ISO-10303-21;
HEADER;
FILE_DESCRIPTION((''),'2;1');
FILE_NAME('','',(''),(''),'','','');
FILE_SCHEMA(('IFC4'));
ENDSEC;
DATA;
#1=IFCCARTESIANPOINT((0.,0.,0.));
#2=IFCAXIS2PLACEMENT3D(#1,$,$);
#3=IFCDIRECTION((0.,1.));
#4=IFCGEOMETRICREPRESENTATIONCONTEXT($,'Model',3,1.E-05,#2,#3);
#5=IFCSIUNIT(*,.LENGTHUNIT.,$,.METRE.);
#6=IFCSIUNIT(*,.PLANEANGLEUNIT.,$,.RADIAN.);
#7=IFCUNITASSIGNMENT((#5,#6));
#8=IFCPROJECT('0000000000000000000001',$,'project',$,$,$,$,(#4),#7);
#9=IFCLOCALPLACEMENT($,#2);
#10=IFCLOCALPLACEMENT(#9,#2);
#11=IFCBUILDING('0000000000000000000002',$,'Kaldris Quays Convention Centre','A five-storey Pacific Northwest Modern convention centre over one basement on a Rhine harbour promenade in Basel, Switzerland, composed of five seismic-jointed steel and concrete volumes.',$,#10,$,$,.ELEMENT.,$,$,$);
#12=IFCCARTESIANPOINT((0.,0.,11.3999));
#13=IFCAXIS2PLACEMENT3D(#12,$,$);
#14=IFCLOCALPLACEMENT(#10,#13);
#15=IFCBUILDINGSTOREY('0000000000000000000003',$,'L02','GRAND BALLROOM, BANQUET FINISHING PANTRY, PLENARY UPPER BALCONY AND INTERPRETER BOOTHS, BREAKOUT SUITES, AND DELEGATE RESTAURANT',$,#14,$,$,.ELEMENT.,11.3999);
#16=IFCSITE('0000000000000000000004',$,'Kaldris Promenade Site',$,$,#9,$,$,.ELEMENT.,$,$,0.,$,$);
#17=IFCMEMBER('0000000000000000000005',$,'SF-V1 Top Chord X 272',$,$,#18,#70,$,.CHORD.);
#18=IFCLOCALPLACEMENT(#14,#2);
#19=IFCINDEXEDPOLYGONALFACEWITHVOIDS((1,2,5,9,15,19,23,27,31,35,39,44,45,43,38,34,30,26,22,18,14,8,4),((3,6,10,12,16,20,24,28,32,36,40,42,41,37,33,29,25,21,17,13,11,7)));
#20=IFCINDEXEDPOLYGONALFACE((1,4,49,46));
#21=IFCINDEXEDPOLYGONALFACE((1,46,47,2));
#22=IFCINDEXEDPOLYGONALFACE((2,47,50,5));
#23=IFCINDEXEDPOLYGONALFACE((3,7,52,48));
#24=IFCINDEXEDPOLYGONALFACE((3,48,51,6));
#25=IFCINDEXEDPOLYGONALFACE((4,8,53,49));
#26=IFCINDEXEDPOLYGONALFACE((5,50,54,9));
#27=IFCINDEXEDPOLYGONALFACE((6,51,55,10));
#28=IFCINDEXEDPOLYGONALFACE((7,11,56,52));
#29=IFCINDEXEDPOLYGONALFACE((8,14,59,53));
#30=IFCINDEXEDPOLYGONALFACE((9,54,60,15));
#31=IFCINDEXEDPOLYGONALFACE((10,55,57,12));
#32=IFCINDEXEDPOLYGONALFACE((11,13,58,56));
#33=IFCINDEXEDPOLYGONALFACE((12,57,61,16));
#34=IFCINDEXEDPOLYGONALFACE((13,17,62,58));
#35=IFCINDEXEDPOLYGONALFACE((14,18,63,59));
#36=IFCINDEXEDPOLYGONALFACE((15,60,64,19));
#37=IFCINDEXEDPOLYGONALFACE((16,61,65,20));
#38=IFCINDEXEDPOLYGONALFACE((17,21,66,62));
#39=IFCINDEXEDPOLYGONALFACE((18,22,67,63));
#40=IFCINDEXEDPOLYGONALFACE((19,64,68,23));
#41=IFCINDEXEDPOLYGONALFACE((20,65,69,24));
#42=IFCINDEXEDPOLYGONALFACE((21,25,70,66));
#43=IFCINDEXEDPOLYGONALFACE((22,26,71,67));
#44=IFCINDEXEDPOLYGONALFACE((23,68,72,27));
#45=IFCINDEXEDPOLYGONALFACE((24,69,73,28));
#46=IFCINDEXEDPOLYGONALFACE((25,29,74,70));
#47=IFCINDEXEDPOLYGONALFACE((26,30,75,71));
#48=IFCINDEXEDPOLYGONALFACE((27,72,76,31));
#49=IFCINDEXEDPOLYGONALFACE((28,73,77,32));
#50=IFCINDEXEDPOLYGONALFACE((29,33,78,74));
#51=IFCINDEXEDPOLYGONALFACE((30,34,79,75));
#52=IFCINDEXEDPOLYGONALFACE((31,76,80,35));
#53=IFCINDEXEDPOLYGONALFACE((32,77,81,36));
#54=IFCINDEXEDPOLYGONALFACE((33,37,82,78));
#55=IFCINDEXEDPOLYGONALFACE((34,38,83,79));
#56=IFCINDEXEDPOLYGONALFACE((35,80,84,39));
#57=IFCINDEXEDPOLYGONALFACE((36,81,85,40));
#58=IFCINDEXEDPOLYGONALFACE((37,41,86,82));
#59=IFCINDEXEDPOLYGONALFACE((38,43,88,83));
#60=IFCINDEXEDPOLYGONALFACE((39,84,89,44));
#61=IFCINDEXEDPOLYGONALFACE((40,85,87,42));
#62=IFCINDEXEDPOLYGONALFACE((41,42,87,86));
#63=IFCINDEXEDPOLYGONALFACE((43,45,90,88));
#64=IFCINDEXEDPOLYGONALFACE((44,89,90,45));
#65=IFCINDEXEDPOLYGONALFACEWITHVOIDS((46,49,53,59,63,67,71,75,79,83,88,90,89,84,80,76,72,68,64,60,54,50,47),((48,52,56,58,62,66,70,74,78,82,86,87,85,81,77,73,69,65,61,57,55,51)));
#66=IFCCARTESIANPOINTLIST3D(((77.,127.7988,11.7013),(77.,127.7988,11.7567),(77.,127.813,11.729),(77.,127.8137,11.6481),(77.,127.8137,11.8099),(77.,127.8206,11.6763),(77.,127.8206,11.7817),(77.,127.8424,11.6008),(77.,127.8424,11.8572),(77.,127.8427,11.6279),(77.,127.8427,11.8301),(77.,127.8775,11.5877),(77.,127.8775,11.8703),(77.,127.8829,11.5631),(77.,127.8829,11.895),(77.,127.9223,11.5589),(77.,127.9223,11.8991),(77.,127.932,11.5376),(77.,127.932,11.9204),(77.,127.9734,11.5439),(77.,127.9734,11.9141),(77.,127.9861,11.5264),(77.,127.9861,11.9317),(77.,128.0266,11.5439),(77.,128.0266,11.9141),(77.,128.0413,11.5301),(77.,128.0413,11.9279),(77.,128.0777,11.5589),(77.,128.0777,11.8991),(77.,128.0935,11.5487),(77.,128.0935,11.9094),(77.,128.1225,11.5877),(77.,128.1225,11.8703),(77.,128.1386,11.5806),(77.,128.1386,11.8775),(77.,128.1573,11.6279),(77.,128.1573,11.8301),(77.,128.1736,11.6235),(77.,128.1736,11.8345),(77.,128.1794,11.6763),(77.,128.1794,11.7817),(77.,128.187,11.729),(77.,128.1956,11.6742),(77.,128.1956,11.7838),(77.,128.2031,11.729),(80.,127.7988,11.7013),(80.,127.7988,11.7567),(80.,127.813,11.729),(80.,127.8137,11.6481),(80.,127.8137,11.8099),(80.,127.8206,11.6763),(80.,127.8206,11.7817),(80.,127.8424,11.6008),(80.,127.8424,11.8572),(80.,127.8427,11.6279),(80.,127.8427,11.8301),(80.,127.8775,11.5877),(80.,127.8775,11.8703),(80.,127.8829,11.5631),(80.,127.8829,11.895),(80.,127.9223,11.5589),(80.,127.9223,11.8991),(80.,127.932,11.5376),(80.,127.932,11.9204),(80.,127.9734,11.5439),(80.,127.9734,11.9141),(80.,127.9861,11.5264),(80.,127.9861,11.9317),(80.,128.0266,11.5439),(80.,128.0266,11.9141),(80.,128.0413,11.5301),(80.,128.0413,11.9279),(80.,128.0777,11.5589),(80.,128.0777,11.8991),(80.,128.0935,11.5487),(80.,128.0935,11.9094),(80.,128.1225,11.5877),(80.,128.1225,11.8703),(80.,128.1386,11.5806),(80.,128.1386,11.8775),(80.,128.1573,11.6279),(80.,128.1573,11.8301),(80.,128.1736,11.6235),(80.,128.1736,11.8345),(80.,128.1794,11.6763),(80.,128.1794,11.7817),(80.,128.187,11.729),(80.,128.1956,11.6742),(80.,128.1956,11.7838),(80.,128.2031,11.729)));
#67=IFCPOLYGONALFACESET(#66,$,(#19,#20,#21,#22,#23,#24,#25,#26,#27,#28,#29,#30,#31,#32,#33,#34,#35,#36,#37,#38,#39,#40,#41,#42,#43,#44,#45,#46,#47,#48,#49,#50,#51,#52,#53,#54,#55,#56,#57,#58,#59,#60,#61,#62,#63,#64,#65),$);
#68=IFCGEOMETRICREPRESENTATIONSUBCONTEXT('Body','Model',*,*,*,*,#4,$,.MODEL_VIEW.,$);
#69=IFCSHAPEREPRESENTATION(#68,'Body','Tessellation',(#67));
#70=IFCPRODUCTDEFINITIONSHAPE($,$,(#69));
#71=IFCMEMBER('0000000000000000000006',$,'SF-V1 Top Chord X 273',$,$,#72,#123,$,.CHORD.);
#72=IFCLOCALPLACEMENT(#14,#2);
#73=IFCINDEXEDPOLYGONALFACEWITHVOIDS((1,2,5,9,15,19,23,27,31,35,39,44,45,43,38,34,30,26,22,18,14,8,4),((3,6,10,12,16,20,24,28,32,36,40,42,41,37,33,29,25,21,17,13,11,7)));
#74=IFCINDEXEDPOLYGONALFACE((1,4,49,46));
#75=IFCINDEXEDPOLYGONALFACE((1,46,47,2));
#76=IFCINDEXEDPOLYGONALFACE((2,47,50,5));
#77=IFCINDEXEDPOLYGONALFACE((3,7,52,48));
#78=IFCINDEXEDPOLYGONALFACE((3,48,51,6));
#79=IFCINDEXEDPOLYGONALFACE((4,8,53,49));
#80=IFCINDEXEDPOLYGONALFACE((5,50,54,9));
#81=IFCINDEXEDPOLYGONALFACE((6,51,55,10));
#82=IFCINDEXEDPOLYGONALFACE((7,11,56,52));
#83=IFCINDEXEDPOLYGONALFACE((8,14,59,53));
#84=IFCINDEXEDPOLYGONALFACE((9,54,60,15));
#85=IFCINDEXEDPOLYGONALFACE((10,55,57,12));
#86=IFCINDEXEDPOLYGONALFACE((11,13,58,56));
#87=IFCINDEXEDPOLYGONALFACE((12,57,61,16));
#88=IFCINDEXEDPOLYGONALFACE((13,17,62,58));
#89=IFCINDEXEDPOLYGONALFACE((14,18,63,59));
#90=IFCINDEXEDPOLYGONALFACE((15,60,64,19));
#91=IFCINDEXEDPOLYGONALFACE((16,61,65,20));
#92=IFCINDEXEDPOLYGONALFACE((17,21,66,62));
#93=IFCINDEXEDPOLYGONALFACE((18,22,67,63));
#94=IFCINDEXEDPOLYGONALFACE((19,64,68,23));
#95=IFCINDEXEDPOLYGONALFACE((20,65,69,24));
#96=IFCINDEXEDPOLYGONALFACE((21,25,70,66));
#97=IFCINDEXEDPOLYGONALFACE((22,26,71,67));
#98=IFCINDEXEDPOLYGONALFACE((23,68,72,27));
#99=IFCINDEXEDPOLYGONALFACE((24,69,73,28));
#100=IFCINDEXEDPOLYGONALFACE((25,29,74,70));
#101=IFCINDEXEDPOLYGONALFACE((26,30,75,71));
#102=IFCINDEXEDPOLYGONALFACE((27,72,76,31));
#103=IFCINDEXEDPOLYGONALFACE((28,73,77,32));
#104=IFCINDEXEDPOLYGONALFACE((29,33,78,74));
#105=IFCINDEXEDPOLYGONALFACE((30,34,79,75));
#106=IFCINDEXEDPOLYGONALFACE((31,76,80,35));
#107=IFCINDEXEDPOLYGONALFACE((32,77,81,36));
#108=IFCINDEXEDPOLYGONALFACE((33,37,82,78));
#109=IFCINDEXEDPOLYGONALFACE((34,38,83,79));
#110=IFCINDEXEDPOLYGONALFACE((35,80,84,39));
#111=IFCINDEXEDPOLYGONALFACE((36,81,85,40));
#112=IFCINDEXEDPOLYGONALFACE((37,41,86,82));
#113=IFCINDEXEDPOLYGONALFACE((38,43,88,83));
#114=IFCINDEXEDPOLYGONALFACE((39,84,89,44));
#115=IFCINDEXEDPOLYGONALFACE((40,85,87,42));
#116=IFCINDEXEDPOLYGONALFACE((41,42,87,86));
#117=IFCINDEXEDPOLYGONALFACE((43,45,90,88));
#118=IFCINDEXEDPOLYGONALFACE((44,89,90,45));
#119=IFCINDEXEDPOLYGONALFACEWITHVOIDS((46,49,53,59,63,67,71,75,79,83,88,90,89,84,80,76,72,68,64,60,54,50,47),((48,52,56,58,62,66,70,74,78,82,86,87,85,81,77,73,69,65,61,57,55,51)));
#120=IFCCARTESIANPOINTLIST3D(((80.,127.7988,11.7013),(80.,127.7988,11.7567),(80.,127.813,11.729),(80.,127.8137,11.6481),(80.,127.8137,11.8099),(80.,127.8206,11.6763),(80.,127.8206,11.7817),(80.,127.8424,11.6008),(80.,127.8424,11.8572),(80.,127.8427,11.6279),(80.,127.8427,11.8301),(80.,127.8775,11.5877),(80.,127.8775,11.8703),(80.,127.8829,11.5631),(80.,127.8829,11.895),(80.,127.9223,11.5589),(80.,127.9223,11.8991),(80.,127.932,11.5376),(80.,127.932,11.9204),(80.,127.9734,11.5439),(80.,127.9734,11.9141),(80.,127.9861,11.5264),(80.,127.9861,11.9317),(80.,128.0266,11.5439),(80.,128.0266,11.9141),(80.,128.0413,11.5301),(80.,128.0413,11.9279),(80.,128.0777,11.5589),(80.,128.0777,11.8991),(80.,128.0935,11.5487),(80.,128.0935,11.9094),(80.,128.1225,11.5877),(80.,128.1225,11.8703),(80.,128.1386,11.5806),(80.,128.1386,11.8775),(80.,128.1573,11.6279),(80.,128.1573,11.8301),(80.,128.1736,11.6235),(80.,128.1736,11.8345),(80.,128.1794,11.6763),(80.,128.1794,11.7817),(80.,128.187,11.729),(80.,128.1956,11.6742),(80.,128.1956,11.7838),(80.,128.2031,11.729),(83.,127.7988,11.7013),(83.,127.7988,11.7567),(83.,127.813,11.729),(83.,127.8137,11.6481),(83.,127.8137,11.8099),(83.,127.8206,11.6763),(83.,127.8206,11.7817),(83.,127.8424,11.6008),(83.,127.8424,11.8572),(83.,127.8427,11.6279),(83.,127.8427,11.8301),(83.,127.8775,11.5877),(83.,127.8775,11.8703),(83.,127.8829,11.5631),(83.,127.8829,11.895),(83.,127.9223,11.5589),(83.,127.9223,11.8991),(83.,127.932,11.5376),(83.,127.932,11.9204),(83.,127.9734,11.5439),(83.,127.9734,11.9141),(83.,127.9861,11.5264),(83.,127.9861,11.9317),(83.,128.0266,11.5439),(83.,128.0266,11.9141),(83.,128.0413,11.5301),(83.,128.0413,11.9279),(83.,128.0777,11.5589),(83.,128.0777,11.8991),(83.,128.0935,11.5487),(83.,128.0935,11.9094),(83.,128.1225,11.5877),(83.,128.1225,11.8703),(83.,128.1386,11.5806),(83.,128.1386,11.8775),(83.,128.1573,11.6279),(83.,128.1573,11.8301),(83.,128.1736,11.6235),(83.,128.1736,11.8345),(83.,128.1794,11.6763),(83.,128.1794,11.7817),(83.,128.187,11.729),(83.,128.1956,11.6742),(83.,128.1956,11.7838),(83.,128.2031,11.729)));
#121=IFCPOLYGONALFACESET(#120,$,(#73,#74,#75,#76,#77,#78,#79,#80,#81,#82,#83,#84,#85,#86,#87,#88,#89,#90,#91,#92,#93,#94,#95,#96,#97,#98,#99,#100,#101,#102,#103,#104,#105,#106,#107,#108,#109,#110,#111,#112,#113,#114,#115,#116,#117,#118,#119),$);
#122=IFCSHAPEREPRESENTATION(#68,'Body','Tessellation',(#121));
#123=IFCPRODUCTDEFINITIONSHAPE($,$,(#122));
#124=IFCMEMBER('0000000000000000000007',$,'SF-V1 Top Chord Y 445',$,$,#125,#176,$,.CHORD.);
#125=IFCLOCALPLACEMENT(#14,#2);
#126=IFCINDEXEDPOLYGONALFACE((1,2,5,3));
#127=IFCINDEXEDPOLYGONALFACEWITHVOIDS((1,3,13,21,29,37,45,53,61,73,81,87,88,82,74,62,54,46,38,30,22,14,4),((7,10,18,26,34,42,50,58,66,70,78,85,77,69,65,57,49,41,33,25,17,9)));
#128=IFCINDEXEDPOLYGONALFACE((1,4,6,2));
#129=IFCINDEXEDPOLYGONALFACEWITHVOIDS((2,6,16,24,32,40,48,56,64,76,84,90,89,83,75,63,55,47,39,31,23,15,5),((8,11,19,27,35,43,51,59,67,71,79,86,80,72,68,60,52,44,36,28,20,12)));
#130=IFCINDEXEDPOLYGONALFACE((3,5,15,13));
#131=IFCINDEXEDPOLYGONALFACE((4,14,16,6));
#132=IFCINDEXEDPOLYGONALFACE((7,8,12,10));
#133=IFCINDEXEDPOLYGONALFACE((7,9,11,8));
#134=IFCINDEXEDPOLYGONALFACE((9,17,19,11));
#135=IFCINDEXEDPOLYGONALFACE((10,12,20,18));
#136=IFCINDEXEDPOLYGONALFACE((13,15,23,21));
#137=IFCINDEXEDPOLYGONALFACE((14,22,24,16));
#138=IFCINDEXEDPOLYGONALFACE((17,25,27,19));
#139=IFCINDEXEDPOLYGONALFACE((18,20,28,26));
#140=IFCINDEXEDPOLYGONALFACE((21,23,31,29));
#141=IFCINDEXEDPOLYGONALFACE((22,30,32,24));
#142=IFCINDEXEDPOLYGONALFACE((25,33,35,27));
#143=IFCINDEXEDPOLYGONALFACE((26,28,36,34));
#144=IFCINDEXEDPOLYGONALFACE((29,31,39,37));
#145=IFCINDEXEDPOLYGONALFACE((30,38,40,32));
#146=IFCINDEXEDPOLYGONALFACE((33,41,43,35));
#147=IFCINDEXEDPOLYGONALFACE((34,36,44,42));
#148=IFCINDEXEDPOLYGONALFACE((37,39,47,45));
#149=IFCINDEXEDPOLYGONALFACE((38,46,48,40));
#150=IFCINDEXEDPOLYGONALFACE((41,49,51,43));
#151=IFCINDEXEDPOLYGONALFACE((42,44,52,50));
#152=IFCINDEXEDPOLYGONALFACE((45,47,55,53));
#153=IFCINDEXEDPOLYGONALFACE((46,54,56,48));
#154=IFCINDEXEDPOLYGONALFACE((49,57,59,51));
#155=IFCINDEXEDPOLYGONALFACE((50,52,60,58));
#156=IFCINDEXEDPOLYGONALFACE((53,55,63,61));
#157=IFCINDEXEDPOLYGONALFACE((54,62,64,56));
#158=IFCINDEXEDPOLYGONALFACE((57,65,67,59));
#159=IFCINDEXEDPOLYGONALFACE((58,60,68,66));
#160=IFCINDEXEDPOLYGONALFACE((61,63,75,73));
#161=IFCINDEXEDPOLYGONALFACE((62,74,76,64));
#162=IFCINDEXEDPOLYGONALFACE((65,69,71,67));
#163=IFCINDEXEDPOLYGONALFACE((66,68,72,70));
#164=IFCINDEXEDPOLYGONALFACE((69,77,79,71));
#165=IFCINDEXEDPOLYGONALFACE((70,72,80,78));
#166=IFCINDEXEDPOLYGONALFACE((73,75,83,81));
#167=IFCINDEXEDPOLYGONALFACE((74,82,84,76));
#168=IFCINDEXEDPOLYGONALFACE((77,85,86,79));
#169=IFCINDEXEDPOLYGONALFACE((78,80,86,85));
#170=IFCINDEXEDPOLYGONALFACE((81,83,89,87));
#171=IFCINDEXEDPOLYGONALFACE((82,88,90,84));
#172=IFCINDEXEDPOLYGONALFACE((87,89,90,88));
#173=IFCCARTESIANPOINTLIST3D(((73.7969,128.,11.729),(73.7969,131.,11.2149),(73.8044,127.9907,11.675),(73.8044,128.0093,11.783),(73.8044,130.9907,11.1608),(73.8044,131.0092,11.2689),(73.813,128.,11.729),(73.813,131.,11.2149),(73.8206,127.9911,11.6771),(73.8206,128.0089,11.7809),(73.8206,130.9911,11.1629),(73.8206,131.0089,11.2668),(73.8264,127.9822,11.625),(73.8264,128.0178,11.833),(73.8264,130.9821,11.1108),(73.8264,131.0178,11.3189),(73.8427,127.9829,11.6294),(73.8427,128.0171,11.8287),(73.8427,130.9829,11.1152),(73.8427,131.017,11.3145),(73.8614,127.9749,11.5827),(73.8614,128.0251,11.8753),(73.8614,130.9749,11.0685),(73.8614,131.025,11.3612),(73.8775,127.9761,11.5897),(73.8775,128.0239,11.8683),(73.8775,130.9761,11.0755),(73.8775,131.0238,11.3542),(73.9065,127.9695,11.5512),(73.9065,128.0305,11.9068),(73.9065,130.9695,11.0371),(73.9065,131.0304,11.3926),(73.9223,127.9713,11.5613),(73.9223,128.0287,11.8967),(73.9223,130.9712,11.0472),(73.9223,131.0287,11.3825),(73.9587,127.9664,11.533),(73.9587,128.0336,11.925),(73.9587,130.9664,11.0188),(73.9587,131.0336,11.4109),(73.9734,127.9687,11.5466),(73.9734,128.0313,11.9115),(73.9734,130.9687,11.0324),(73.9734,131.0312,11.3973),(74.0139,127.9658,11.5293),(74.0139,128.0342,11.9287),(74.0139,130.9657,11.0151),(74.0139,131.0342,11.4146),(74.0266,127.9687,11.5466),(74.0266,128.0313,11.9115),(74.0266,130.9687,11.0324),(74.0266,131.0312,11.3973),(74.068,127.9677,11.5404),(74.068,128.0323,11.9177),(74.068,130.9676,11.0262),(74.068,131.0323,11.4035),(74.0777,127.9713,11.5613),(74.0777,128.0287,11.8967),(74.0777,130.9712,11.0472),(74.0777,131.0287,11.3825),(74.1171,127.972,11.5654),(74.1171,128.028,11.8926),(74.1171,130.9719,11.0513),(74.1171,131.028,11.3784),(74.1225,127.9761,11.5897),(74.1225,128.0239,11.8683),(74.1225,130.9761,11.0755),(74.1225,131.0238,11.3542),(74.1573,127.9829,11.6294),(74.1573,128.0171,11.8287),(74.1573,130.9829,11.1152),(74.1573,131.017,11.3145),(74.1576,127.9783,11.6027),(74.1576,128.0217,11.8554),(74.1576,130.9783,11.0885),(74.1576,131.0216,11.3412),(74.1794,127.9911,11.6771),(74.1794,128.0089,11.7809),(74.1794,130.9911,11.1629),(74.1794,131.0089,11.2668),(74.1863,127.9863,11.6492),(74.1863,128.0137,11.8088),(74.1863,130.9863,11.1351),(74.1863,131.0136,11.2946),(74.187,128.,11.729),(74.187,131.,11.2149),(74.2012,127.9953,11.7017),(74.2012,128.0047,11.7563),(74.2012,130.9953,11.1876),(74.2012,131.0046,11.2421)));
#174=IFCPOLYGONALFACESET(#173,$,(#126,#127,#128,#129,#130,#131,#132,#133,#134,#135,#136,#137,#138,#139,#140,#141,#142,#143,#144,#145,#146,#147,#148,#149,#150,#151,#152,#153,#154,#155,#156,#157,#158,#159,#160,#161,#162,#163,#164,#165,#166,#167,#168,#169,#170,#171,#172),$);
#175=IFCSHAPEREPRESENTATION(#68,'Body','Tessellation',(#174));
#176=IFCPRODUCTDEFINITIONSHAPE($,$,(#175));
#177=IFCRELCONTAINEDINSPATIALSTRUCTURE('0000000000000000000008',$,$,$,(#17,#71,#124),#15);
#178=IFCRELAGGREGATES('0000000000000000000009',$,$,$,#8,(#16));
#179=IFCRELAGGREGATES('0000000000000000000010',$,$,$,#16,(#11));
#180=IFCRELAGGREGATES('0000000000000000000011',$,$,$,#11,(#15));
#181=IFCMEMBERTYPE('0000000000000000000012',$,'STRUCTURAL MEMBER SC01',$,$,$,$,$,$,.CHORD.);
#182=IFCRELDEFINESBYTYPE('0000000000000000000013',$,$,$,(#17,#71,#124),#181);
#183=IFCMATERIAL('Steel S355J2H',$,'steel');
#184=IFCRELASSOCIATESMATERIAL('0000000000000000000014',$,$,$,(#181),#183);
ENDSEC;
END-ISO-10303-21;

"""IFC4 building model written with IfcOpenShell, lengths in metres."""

from ifc_helpers import new_model, si_unit, direction, frame, origin, origin_2d, place, context, subcontext, project, spatial, hollow_circle, extrude, material, material_profile, profile_set, type_object, element, save


model = new_model("IFC4")

# Units and contexts
model_context = context("Model", 3, precision=1e-05, world=origin(), true_north=direction((0.0, 1.0)))
body_context = subcontext(model_context, "Body", "Model", "MODEL_VIEW")
ifc_project = project(units=[si_unit("LENGTHUNIT", "METRE"), si_unit("PLANEANGLEUNIT", "RADIAN")], contexts=[model_context])

# Site, building, storey
site_placement = place(None, origin())
site = spatial("IfcSite", under=ifc_project, at=site_placement, Name="Kaldris Promenade Site", CompositionType="ELEMENT", RefElevation=0.0)
building_placement = place(site_placement, origin())
building = spatial("IfcBuilding", under=site, at=building_placement, Name="Kaldris Quays Convention Centre", Description="A five-storey Pacific Northwest Modern convention centre over one basement on a Rhine harbour promenade in Basel, Switzerland, composed of five seismic-jointed steel and concrete volumes.", CompositionType="ELEMENT")
storey_placement = place(building_placement, frame((0.0, 0.0, 11.3999)))
storey = spatial("IfcBuildingStorey", under=building, at=storey_placement, Name="L02", Description="GRAND BALLROOM, BANQUET FINISHING PANTRY, PLENARY UPPER BALCONY AND INTERPRETER BOOTHS, BREAKOUT SUITES, AND DELEGATE RESTAURANT", CompositionType="ELEMENT", Elevation=11.3999)

# Members
ifc_material_1 = material(Name="Steel S355J2H", Category="steel")
ifc_material_profile_1 = material_profile(ifc_material_1, hollow_circle(Radius=0.2031, WallThickness=0.0161, at=origin_2d()), Name="CHS 406.4x16")
ifc_profile_set_1 = profile_set([ifc_material_profile_1], Name="Steel S355J2H")
member_type_1 = type_object("IfcMemberType", Name="STRUCTURAL MEMBER SC01", PredefinedType="CHORD", material=ifc_profile_set_1)
for number, where, z_axis, x_axis, name in (
    (1, (77.0, 128.0, 11.729), (1.0, 0.0, 0.0), (0.0, 1.0, 0.0), "SF-V1 Top Chord X 272"),
    (2, (80.0, 128.0, 11.729), (1.0, 0.0, 0.0), (0.0, 1.0, 0.0), "SF-V1 Top Chord X 273"),
):
    element("IfcMember", number, at=place(storey_placement, frame(where, z_axis=z_axis, x_axis=x_axis)), inside=storey, type_object=member_type_1, Name=name, PredefinedType="CHORD", context=body_context, shape_type="SweptSolid", body=[
        extrude(hollow_circle(Radius=0.2031, WallThickness=0.0161, at=origin_2d()), origin(), (0.0, 0.0, 1.0), 3.0),
    ])
for number, where, z_axis, x_axis, name in (
    (3, (74.0, 128.0, 11.729), (0.0, 0.985629, -0.168924), (-1.0, 0.0, 0.0), "SF-V1 Top Chord Y 445"),
):
    element("IfcMember", number, at=place(storey_placement, frame(where, z_axis=z_axis, x_axis=x_axis)), inside=storey, type_object=member_type_1, Name=name, PredefinedType="CHORD", context=body_context, shape_type="SweptSolid", body=[
        extrude(hollow_circle(Radius=0.2031, WallThickness=0.0161, at=origin_2d()), origin(), (0.0, 0.0, 1.0), 3.0437),
    ])

save(model, "model.ifc")
